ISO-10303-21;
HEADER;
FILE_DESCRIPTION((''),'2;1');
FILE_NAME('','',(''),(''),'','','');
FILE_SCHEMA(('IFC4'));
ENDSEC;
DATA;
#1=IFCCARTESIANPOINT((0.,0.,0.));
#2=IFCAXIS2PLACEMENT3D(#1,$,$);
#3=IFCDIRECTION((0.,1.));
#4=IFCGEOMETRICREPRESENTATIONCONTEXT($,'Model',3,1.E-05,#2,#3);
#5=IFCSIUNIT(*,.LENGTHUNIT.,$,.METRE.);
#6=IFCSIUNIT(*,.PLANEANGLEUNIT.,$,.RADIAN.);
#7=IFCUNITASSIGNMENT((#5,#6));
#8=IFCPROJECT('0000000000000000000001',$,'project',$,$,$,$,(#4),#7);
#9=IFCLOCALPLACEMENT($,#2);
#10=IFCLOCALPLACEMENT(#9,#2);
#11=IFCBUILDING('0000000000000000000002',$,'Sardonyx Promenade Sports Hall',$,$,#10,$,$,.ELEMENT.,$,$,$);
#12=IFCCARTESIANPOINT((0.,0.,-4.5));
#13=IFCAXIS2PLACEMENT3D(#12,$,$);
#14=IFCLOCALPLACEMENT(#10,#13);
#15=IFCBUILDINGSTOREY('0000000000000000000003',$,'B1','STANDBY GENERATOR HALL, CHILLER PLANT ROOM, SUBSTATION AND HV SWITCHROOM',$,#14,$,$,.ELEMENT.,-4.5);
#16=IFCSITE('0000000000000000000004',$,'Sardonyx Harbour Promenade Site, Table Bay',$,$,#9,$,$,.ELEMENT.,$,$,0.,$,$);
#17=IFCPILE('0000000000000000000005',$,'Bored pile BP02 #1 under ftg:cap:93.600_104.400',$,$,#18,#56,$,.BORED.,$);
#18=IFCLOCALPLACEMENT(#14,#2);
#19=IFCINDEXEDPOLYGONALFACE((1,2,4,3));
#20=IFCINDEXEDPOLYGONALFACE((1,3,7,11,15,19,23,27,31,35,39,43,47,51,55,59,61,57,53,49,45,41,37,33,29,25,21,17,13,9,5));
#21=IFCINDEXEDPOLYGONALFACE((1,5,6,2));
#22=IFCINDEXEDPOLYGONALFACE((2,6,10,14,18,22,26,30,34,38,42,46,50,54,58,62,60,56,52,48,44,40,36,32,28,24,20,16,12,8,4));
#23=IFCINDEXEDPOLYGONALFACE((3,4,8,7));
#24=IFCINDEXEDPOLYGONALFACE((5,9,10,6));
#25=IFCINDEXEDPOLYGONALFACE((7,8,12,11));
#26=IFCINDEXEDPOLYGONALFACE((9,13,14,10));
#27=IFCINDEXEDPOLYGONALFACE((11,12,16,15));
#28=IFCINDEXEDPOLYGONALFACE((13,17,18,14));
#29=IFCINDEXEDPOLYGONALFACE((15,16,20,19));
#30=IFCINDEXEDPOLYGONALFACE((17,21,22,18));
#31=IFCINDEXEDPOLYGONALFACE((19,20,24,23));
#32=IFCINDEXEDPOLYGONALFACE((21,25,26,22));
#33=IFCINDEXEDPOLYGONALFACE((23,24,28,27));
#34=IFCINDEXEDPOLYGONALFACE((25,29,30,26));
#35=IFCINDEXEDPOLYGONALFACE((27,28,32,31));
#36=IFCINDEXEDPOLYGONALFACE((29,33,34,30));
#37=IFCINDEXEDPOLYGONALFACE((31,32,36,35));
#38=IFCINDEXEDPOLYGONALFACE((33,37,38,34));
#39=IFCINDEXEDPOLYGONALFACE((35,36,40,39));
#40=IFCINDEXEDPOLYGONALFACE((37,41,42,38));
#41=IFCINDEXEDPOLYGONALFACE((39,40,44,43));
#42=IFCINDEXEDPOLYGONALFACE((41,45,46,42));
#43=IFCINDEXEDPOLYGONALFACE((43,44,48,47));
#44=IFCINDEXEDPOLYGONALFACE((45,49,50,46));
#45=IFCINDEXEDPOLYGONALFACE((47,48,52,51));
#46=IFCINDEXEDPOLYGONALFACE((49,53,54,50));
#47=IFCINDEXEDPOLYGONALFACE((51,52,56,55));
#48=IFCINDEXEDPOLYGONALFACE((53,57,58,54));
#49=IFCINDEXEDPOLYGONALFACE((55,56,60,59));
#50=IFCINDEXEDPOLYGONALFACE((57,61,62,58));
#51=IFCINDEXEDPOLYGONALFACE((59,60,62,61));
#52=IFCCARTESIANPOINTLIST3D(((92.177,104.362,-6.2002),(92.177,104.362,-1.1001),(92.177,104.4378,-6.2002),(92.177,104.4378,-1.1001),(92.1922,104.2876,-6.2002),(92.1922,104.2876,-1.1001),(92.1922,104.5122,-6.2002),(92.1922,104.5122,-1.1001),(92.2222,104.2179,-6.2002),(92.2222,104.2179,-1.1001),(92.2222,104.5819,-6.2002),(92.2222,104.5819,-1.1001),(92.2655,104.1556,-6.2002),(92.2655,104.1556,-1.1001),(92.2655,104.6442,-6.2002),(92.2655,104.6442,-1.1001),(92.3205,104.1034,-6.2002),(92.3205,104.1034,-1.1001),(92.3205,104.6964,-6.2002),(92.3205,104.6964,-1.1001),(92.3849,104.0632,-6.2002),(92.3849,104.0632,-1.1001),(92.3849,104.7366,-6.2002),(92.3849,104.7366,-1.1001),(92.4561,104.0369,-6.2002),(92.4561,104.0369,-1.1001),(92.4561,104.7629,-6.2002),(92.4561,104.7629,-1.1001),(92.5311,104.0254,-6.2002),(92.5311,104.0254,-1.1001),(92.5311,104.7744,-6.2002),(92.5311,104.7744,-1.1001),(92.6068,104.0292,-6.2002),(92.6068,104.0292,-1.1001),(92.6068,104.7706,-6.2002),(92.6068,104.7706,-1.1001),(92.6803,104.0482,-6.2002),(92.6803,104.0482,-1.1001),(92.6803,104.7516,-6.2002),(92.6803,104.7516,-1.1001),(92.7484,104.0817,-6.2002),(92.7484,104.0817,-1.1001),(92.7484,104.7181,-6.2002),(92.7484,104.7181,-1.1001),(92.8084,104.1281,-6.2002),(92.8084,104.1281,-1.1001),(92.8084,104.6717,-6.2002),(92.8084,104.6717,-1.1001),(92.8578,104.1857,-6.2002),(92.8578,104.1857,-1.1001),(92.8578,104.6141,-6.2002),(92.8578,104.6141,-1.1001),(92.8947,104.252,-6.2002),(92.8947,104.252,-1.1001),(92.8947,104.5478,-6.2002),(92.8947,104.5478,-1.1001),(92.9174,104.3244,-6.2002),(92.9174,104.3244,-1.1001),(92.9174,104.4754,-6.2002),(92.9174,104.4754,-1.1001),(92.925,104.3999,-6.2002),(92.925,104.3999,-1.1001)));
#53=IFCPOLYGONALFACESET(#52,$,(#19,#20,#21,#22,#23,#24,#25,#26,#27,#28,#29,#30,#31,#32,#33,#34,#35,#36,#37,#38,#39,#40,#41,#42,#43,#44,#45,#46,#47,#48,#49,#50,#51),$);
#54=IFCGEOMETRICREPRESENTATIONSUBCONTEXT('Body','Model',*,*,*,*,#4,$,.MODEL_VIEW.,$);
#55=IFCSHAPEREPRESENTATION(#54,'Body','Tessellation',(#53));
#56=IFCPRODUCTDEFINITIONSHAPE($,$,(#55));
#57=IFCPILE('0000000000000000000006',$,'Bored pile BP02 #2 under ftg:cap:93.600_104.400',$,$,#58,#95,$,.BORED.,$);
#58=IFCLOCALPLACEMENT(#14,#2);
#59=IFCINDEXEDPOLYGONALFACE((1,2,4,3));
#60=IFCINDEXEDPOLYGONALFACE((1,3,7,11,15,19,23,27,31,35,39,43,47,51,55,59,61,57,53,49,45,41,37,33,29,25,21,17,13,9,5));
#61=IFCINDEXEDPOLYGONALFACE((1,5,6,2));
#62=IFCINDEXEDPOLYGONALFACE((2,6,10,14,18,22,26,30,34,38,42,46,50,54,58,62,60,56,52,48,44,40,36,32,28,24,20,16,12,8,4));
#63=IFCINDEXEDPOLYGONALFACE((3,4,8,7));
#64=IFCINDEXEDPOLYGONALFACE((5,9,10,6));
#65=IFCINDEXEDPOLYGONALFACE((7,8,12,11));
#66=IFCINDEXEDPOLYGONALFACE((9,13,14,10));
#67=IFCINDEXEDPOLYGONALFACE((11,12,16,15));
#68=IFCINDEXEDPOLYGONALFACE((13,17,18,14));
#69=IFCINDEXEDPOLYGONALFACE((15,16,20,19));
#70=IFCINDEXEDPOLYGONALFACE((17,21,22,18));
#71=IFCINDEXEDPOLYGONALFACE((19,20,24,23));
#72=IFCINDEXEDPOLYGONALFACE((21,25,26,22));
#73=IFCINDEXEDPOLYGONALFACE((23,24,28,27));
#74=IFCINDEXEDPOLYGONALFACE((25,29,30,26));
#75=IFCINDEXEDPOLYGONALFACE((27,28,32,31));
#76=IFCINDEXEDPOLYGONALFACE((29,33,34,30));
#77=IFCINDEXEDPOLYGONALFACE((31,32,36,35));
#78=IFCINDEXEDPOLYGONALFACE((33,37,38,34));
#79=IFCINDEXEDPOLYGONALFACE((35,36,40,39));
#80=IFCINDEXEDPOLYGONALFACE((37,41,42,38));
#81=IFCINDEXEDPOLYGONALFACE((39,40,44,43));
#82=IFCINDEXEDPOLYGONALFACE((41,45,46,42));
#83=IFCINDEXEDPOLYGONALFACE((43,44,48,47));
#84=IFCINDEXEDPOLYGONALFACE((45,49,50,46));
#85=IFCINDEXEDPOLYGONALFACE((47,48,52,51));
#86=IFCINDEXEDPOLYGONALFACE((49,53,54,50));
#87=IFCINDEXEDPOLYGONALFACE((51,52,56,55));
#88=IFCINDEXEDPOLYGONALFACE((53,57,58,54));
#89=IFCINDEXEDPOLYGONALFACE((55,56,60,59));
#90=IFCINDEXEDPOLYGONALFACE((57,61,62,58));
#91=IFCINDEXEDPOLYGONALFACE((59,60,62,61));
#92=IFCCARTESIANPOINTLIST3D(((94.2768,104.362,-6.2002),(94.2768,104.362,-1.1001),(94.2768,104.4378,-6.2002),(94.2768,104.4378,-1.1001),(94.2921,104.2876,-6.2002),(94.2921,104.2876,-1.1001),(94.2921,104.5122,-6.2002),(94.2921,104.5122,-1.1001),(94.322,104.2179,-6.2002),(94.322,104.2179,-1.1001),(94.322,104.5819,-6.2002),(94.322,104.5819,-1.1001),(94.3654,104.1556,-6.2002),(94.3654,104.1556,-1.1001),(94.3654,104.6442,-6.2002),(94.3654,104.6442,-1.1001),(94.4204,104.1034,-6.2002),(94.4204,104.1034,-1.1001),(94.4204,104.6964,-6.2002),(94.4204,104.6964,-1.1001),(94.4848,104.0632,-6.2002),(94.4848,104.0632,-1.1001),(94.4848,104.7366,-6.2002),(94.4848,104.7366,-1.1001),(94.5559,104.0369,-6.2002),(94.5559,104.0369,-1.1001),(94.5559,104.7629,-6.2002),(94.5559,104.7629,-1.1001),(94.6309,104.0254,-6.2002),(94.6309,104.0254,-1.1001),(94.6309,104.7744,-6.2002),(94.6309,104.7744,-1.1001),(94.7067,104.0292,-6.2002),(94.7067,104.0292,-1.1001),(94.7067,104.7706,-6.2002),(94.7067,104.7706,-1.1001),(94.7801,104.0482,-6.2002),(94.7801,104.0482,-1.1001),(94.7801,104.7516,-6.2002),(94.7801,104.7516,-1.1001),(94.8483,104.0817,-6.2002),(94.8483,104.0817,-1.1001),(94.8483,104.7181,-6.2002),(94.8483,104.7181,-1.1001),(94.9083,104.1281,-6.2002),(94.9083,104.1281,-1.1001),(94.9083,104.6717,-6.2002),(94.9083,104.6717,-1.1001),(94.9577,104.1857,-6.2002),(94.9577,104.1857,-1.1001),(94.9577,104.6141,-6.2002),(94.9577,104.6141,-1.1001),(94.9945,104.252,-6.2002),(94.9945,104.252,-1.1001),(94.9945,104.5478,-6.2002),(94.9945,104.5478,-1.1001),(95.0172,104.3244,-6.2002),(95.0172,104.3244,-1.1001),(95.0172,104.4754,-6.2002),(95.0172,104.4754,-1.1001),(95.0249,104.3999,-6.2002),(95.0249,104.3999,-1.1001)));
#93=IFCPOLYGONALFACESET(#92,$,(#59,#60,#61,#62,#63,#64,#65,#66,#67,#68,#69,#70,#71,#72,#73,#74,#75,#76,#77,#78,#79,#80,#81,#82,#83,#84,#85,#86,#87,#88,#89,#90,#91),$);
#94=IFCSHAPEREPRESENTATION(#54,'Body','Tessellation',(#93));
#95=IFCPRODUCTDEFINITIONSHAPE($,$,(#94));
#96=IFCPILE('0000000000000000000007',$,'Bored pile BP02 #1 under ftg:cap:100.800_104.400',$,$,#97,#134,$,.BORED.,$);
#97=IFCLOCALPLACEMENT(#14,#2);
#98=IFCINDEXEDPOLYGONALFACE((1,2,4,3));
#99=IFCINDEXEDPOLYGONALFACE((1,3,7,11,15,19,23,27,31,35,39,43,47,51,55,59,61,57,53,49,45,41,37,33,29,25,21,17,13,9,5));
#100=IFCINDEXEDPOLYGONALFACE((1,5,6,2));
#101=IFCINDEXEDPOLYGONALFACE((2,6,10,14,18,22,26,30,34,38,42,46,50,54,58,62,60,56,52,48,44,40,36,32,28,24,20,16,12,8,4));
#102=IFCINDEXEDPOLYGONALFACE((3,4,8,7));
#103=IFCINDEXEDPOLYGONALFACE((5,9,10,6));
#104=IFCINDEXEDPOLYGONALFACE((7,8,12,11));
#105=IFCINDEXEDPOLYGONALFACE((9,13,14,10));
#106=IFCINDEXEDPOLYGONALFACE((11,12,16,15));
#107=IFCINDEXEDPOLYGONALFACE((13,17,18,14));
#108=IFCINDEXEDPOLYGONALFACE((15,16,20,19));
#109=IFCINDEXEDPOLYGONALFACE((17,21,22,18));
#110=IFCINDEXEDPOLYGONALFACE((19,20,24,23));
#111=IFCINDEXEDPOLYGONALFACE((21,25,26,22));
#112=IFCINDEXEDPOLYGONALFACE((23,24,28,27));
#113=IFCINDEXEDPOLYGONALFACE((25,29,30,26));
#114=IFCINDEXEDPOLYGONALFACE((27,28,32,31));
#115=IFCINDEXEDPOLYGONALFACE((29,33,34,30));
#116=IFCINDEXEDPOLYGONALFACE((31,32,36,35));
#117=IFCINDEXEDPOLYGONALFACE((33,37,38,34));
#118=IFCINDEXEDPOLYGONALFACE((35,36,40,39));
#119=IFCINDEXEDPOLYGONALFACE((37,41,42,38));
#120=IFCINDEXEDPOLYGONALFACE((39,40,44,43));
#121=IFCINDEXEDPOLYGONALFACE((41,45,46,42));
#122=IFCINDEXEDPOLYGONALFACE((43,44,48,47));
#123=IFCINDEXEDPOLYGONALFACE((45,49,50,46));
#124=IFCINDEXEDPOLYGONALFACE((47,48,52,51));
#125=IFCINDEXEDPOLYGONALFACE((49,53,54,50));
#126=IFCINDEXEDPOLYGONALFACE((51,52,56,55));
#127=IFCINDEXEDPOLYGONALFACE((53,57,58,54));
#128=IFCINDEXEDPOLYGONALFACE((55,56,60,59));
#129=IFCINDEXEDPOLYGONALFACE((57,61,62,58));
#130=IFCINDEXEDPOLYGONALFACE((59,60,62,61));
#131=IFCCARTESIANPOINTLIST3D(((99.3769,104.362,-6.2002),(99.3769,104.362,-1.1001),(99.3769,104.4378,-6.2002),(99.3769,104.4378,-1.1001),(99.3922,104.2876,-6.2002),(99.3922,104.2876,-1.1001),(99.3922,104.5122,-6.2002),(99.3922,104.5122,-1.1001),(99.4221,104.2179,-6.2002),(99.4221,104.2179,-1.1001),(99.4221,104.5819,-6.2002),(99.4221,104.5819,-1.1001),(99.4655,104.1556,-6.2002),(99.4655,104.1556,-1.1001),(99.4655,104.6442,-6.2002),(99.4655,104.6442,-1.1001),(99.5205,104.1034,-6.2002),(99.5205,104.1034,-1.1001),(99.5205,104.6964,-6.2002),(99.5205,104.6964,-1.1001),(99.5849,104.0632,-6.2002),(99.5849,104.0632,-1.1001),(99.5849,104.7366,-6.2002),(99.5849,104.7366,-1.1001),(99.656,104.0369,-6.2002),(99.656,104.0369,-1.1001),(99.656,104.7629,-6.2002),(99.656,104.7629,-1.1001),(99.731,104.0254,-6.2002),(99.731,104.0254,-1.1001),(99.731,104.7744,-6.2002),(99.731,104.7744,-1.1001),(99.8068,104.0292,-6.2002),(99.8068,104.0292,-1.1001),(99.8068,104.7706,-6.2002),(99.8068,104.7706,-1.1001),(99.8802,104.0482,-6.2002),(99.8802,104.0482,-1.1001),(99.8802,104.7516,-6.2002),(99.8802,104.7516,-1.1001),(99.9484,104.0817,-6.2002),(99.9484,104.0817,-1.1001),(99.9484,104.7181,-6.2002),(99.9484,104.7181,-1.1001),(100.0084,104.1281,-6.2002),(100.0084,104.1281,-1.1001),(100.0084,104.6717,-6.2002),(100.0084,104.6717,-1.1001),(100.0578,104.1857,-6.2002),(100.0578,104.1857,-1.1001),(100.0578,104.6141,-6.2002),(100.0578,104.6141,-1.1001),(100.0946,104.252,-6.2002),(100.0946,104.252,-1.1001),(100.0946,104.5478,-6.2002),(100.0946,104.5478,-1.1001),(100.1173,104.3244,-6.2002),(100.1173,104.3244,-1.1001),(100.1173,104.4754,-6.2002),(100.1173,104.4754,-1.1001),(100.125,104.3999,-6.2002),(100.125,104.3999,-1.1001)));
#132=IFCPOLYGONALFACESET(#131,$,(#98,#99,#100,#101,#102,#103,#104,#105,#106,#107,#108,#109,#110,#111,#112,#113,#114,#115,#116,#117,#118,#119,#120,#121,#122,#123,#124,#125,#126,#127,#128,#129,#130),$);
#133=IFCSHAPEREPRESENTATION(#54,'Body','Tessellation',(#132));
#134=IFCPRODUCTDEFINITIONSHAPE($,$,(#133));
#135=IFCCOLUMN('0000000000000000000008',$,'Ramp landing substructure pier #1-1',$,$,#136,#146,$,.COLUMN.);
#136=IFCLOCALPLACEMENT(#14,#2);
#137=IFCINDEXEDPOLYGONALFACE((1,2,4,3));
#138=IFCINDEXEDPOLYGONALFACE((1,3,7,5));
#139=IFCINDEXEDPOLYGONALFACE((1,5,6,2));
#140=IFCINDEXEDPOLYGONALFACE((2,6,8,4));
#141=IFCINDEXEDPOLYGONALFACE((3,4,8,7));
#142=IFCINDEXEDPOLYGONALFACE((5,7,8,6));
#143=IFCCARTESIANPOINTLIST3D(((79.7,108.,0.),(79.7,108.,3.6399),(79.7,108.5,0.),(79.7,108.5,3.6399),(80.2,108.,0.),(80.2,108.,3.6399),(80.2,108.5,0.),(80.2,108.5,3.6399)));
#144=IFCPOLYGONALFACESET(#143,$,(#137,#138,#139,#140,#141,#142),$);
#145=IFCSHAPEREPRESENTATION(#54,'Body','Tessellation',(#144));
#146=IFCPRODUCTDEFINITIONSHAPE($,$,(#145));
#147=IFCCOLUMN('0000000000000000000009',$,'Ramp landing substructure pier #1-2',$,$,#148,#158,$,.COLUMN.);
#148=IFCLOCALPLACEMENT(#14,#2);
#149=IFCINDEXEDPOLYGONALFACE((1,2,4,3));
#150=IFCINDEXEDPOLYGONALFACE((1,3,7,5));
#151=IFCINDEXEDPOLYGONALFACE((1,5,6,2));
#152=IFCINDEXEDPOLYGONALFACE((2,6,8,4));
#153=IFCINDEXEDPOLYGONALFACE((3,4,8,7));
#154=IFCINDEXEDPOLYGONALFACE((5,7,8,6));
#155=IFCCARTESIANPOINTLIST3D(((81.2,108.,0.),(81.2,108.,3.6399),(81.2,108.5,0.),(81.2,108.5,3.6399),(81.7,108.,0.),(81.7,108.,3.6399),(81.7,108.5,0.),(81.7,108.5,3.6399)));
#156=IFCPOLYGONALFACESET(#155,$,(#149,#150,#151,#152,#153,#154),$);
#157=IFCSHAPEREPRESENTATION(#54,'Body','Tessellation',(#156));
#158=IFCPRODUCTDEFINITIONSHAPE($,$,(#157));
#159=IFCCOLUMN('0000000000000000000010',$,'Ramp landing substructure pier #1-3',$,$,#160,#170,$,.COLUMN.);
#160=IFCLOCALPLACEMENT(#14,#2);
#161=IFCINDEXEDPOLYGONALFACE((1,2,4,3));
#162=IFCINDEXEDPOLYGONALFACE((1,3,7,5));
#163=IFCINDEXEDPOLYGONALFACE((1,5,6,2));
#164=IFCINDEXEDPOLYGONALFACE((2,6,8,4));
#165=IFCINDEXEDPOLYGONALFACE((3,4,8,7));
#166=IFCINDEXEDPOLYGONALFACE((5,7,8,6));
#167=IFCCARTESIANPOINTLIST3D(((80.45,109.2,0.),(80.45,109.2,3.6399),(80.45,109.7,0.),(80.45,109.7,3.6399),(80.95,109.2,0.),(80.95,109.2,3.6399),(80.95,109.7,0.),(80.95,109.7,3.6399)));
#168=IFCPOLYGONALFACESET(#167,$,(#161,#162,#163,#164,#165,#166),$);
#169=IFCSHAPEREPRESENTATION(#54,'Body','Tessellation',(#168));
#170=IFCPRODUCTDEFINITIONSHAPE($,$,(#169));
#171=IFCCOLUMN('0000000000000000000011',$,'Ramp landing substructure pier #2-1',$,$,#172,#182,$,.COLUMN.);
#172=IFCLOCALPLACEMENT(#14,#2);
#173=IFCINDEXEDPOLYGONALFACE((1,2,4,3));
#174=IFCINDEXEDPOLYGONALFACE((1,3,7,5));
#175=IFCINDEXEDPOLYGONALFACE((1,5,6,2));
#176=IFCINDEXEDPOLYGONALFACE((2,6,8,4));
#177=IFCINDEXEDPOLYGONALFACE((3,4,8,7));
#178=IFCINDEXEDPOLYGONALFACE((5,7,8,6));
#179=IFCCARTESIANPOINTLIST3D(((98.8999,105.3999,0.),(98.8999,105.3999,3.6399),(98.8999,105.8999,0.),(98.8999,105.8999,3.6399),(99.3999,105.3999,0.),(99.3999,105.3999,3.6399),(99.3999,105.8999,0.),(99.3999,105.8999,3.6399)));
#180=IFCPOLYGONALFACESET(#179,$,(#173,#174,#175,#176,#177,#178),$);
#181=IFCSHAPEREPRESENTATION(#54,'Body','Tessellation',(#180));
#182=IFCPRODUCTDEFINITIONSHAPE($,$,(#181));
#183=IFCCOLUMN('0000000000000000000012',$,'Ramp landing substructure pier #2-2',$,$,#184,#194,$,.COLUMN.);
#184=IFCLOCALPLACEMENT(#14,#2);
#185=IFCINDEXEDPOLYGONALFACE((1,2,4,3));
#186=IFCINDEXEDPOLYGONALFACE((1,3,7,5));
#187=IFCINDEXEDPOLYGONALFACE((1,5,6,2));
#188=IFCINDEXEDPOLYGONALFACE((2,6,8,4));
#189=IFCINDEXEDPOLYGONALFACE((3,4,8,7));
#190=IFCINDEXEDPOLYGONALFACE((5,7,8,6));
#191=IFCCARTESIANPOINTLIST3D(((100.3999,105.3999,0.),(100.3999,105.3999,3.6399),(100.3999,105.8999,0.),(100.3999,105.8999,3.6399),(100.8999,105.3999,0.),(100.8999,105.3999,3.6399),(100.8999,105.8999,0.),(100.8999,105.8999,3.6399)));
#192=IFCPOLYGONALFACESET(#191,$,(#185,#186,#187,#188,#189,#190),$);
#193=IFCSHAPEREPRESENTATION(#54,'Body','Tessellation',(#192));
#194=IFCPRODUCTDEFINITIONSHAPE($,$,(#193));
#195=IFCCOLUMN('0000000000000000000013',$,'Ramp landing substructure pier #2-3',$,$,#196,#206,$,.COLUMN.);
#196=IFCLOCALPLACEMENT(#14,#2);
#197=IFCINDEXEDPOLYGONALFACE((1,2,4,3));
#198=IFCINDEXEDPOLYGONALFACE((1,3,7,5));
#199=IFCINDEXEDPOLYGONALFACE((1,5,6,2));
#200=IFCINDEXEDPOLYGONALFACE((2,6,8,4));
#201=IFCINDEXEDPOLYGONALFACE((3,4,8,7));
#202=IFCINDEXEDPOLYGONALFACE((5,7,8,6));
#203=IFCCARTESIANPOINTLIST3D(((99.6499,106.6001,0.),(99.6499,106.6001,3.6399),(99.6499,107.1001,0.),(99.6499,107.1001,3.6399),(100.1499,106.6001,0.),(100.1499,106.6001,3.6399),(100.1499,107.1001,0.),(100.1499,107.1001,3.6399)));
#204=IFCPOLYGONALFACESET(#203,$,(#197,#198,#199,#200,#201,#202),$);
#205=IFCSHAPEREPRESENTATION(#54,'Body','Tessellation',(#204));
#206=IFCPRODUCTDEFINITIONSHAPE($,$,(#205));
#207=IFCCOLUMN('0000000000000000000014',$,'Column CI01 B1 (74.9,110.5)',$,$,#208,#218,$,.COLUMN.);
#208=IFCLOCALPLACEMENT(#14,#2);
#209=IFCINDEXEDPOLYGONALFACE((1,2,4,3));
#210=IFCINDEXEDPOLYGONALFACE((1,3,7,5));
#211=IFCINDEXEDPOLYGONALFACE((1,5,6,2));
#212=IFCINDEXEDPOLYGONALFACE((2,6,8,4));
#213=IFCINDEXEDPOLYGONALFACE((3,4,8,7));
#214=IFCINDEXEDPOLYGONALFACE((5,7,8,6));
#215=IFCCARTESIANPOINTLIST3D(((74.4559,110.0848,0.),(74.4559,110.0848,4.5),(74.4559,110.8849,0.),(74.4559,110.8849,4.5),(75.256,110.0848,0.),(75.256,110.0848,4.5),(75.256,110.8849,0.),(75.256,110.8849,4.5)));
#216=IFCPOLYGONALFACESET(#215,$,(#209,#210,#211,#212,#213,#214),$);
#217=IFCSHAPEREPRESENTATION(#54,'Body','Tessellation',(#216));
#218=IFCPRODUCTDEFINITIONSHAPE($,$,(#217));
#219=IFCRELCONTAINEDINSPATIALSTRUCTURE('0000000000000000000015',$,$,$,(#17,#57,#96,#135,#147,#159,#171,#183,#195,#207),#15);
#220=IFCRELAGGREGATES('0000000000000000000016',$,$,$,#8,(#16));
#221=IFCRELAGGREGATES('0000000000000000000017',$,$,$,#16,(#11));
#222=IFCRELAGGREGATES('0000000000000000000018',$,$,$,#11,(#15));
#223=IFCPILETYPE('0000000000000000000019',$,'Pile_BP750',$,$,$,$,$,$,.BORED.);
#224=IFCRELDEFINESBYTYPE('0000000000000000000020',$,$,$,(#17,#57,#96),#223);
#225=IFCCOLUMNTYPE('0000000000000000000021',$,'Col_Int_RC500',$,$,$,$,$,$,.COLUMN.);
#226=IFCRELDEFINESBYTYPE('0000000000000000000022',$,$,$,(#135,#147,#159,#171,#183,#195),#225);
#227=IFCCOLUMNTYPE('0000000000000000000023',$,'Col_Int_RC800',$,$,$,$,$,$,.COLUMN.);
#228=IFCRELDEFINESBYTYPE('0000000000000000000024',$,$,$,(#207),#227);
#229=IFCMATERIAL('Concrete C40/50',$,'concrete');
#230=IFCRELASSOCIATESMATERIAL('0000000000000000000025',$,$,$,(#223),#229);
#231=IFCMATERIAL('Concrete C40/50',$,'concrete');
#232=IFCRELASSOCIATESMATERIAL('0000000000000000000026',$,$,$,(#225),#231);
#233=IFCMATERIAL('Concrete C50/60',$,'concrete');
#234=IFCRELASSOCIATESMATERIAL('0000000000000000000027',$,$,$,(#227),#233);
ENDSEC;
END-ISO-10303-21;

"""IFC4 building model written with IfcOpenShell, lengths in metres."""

from ifc_helpers import new_model, si_unit, direction, frame, origin, origin_2d, place, context, subcontext, project, spatial, rectangle, circle, extrude, material, material_profile, profile_set, type_object, element, save


model = new_model("IFC4")

# Units and contexts
model_context = context("Model", 3, precision=1e-05, world=origin(), true_north=direction((0.0, 1.0)))
body_context = subcontext(model_context, "Body", "Model", "MODEL_VIEW")
ifc_project = project(units=[si_unit("LENGTHUNIT", "METRE"), si_unit("PLANEANGLEUNIT", "RADIAN")], contexts=[model_context])

# Site, building, storey
site_placement = place(None, origin())
site = spatial("IfcSite", under=ifc_project, at=site_placement, Name="Sardonyx Harbour Promenade Site, Table Bay", CompositionType="ELEMENT", RefElevation=0.0)
building_placement = place(site_placement, origin())
building = spatial("IfcBuilding", under=site, at=building_placement, Name="Sardonyx Promenade Sports Hall", CompositionType="ELEMENT")
storey_placement = place(building_placement, frame((0.0, 0.0, -4.5)))
storey = spatial("IfcBuildingStorey", under=building, at=storey_placement, Name="B1", Description="STANDBY GENERATOR HALL, CHILLER PLANT ROOM, SUBSTATION AND HV SWITCHROOM", CompositionType="ELEMENT", Elevation=-4.5)

# Piles
ifc_material_1 = material(Name="Concrete C40/50", Category="concrete")
ifc_material_profile_1 = material_profile(ifc_material_1, circle(Radius=0.375, at=origin_2d()))
ifc_profile_set_1 = profile_set([ifc_material_profile_1], Name="Concrete C40/50")
pile_type_1 = type_object("IfcPileType", Name="Pile_BP750", PredefinedType="BORED", material=ifc_profile_set_1)
for number, where, z_axis, x_axis, name in (
    (1, (92.55, 104.3999, -1.1001), (0.0, 0.0, -1.0), (1.0, 0.0, 0.0), "Bored pile BP02 #1 under ftg:cap:93.600_104.400"),
    (2, (94.6499, 104.3999, -1.1001), (0.0, 0.0, -1.0), (1.0, 0.0, 0.0), "Bored pile BP02 #2 under ftg:cap:93.600_104.400"),
    (3, (99.75, 104.3999, -1.1001), (0.0, 0.0, -1.0), (1.0, 0.0, 0.0), "Bored pile BP02 #1 under ftg:cap:100.800_104.400"),
):
    element("IfcPile", number, at=place(storey_placement, frame(where, z_axis=z_axis, x_axis=x_axis)), inside=storey, type_object=pile_type_1, Name=name, PredefinedType="BORED", context=body_context, shape_type="SweptSolid", body=[
        extrude(circle(Radius=0.375, at=origin_2d()), origin(), (0.0, 0.0, 1.0), 5.1001),
    ])

# Columns
ifc_material_2 = material(Name="Concrete C40/50", Category="concrete")
ifc_material_profile_2 = material_profile(ifc_material_2, rectangle(XDim=0.5, YDim=0.5, at=origin_2d()))
ifc_profile_set_2 = profile_set([ifc_material_profile_2], Name="Concrete C40/50")
column_type_1 = type_object("IfcColumnType", Name="Col_Int_RC500", PredefinedType="COLUMN", material=ifc_profile_set_2)
for number, where, z_axis, x_axis, name in (
    (4, (79.95, 108.25, 0.0), (0.0, 0.0, 1.0), (1.0, 0.0, 0.0), "Ramp landing substructure pier #1-1"),
    (5, (81.45, 108.25, 0.0), (0.0, 0.0, 1.0), (1.0, 0.0, 0.0), "Ramp landing substructure pier #1-2"),
    (6, (80.7, 109.45, 0.0), (0.0, 0.0, 1.0), (1.0, 0.0, 0.0), "Ramp landing substructure pier #1-3"),
    (7, (99.1499, 105.6499, 0.0), (0.0, 0.0, 1.0), (1.0, 0.0, 0.0), "Ramp landing substructure pier #2-1"),
    (8, (100.6499, 105.6499, 0.0), (0.0, 0.0, 1.0), (1.0, 0.0, 0.0), "Ramp landing substructure pier #2-2"),
    (9, (99.8999, 106.8501, 0.0), (0.0, 0.0, 1.0), (1.0, 0.0, 0.0), "Ramp landing substructure pier #2-3"),
):
    element("IfcColumn", number, at=place(storey_placement, frame(where, z_axis=z_axis, x_axis=x_axis)), inside=storey, type_object=column_type_1, Name=name, PredefinedType="COLUMN", context=body_context, shape_type="SweptSolid", body=[
        extrude(rectangle(XDim=0.5, YDim=0.5, at=origin_2d()), origin(), (0.0, 0.0, 1.0), 3.6399),
    ])
ifc_material_3 = material(Name="Concrete C50/60", Category="concrete")
ifc_material_profile_3 = material_profile(ifc_material_3, rectangle(XDim=0.8, YDim=0.8, at=origin_2d()))
ifc_profile_set_3 = profile_set([ifc_material_profile_3], Name="Concrete C50/60")
column_type_2 = type_object("IfcColumnType", Name="Col_Int_RC800", PredefinedType="COLUMN", material=ifc_profile_set_3)
for number, where, z_axis, x_axis, name in (
    (10, (74.856, 110.4849, 0.0), (0.0, 0.0, 1.0), (1.0, 0.0, 0.0), "Column CI01 B1 (74.9,110.5)"),
):
    element("IfcColumn", number, at=place(storey_placement, frame(where, z_axis=z_axis, x_axis=x_axis)), inside=storey, type_object=column_type_2, Name=name, PredefinedType="COLUMN", context=body_context, shape_type="SweptSolid", body=[
        extrude(rectangle(XDim=0.8, YDim=0.8, at=origin_2d()), origin(), (0.0, 0.0, 1.0), 4.5),
    ])

save(model, "model.ifc")
